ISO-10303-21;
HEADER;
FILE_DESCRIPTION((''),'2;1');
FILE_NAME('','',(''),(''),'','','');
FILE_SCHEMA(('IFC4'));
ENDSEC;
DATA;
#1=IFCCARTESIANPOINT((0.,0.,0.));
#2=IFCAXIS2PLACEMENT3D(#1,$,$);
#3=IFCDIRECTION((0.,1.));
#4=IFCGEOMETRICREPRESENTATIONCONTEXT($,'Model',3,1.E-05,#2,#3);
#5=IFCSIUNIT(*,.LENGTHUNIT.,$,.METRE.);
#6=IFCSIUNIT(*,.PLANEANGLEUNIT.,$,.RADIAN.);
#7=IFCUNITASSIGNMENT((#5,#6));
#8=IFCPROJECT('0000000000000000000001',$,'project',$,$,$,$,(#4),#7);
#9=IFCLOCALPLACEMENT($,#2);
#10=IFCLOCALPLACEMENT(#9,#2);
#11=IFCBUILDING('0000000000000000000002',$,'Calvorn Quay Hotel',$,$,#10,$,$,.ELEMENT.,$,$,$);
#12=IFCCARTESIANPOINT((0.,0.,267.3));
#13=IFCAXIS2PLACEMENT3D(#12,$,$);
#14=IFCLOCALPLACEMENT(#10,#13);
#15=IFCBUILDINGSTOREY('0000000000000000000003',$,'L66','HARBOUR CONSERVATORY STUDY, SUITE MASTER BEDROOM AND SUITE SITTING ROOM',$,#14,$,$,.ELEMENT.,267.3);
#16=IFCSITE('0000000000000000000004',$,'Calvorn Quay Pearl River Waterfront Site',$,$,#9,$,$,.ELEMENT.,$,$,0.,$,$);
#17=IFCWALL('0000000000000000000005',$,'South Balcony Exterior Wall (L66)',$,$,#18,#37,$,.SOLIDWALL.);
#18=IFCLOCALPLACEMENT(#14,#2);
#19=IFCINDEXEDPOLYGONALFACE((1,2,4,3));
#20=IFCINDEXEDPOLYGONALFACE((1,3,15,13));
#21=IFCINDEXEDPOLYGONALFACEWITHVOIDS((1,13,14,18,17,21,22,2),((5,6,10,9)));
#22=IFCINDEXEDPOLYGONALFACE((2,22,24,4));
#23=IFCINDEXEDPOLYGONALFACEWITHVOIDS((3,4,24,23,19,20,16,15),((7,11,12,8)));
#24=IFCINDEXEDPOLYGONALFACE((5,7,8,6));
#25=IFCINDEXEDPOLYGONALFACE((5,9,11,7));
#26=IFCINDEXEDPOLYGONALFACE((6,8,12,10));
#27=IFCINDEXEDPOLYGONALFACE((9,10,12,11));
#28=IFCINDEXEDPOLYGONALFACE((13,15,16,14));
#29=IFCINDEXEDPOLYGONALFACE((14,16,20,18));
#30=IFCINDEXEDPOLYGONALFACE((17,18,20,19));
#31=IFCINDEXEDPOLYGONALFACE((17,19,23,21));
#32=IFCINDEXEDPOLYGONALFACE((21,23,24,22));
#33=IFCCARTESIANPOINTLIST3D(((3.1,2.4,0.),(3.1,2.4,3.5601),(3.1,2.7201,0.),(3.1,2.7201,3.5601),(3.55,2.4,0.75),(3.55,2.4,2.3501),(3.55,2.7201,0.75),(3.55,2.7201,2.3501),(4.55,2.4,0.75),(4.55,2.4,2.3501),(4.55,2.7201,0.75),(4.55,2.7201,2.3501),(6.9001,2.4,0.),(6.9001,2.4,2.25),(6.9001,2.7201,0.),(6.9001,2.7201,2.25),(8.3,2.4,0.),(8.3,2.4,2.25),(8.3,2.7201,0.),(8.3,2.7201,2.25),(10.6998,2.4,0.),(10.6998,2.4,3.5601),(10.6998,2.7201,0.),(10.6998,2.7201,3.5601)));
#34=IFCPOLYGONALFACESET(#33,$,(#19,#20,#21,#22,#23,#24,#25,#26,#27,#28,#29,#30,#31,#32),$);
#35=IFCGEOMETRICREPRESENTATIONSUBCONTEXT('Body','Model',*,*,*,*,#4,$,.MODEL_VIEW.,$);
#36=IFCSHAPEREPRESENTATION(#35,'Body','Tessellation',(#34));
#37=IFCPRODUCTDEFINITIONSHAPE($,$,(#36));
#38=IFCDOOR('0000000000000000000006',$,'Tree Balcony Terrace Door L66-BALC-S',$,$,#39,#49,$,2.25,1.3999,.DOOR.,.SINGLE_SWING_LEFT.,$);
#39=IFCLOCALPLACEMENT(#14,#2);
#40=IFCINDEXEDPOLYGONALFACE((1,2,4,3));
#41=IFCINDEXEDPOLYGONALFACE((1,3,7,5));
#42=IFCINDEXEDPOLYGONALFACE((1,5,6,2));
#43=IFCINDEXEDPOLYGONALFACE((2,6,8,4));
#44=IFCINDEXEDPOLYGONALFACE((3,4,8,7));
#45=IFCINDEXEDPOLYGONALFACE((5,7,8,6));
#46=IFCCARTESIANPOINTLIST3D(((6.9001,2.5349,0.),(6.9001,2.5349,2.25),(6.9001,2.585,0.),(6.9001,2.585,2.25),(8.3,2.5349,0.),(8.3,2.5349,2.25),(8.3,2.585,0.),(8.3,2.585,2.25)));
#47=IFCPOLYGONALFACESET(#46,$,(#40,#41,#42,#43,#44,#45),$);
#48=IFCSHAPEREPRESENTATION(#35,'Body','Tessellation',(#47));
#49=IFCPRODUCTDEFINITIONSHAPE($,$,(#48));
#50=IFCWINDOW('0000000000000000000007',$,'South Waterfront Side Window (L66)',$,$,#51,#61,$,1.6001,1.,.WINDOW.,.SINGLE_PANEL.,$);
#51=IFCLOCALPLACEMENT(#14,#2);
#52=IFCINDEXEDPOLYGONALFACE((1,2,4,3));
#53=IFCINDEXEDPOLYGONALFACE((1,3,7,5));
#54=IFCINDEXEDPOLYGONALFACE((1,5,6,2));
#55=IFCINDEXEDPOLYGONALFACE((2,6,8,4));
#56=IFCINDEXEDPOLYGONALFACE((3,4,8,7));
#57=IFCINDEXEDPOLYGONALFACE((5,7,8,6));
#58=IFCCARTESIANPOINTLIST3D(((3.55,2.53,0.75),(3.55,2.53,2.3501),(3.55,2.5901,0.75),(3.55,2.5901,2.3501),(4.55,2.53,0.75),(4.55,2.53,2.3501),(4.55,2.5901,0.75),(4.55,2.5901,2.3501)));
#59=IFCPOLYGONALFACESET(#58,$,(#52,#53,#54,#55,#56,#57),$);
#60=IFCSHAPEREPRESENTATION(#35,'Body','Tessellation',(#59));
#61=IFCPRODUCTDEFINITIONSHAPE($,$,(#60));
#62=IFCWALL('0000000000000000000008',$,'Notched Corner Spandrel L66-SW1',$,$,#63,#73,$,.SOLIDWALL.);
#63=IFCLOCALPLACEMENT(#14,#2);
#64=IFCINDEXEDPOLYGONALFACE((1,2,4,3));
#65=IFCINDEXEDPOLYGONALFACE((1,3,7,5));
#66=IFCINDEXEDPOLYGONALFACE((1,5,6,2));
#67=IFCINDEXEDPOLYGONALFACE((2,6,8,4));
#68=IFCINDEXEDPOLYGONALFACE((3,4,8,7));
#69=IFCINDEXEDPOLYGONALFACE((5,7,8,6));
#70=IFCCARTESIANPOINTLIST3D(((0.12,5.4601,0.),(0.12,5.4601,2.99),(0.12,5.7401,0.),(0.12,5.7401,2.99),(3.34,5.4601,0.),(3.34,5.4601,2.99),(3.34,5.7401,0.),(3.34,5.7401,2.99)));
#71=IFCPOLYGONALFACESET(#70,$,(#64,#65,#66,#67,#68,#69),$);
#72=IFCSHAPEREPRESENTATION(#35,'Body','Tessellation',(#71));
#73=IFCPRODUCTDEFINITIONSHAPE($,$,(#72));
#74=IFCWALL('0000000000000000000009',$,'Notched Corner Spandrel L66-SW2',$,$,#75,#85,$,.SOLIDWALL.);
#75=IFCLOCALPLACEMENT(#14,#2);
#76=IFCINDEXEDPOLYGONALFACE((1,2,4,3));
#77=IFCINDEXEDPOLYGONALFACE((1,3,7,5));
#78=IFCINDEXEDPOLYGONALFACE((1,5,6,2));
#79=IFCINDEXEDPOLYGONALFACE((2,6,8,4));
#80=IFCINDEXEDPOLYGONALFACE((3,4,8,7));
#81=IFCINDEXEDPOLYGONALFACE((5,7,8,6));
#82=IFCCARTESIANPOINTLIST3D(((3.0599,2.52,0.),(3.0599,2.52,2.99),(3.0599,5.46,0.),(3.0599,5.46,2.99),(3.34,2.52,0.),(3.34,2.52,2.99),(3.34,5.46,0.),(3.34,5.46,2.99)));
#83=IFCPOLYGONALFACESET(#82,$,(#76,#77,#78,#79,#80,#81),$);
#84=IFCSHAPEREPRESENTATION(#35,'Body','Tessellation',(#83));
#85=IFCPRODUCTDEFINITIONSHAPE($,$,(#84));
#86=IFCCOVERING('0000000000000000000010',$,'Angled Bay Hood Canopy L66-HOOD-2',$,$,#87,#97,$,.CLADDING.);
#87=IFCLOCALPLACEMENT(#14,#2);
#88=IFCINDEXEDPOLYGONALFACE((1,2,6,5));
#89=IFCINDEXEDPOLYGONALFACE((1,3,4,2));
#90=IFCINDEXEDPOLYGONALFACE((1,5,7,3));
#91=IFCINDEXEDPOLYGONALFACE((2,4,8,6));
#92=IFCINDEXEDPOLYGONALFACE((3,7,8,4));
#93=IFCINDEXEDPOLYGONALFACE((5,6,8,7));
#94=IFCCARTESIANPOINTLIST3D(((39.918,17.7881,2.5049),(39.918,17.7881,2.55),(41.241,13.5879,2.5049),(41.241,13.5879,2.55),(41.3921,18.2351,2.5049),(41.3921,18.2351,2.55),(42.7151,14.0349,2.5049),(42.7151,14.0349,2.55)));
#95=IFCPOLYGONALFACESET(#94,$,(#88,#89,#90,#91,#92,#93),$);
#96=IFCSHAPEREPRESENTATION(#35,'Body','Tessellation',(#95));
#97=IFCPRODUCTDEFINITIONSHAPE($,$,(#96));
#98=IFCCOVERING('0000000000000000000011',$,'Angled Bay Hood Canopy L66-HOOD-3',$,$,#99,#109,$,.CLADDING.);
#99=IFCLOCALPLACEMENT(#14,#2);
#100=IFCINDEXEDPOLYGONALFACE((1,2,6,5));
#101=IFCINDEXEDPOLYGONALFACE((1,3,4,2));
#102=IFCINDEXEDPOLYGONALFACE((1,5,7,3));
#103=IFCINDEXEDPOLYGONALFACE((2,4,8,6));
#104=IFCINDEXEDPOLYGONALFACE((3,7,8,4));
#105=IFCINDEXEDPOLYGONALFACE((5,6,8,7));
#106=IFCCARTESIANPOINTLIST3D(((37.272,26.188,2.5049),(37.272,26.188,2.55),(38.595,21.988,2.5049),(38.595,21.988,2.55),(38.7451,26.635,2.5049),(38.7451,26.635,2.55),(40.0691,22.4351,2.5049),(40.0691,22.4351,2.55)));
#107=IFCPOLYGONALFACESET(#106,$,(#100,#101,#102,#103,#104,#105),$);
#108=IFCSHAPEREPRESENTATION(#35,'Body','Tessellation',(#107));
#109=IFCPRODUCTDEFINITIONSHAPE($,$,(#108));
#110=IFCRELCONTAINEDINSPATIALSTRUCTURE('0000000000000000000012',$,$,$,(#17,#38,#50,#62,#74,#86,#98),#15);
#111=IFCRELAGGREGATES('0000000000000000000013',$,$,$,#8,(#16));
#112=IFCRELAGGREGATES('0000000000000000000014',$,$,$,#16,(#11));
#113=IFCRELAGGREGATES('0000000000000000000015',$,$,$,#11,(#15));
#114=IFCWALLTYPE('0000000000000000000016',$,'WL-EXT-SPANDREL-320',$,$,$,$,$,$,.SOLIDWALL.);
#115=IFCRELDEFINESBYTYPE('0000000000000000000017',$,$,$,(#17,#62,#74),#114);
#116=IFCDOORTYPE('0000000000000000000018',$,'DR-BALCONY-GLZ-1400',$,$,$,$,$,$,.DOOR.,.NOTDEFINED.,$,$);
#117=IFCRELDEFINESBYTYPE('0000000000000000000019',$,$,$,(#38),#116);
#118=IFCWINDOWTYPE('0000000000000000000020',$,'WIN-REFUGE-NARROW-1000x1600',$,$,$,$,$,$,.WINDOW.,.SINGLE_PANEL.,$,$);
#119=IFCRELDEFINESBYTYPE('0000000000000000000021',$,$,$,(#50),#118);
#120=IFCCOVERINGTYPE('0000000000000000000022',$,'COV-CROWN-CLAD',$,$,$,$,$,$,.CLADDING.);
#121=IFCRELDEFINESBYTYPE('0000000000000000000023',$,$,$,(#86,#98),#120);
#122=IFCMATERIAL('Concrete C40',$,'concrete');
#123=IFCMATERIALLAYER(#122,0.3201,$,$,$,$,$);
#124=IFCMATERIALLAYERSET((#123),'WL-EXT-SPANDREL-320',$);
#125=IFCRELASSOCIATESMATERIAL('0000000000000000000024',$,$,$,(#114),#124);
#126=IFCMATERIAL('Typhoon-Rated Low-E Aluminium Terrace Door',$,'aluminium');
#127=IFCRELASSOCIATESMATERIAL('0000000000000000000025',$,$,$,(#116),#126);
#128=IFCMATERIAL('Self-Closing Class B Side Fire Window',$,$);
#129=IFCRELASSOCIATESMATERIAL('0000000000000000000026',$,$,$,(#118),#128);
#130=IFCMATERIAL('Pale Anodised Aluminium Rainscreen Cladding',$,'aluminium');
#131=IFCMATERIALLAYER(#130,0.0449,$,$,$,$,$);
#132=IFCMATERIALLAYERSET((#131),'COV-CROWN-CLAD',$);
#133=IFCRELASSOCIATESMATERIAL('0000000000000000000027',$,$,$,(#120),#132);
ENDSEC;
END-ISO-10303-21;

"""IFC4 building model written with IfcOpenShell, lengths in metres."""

from ifc_helpers import new_model, si_unit, direction, frame, frame_2d, origin, place, context, subcontext, project, spatial, polyline, rectangle, outline, extrude, material, layer, layer_set, type_object, element, fill, save


model = new_model("IFC4")

# Units and contexts
model_context = context("Model", 3, precision=1e-05, world=origin(), true_north=direction((0.0, 1.0)))
body_context = subcontext(model_context, "Body", "Model", "MODEL_VIEW")
ifc_project = project(units=[si_unit("LENGTHUNIT", "METRE"), si_unit("PLANEANGLEUNIT", "RADIAN")], contexts=[model_context])

# Site, building, storey
site_placement = place(None, origin())
site = spatial("IfcSite", under=ifc_project, at=site_placement, Name="Calvorn Quay Pearl River Waterfront Site", CompositionType="ELEMENT", RefElevation=0.0)
building_placement = place(site_placement, origin())
building = spatial("IfcBuilding", under=site, at=building_placement, Name="Calvorn Quay Hotel", CompositionType="ELEMENT")
storey_placement = place(building_placement, frame((0.0, 0.0, 267.3)))
storey = spatial("IfcBuildingStorey", under=building, at=storey_placement, Name="L66", Description="HARBOUR CONSERVATORY STUDY, SUITE MASTER BEDROOM AND SUITE SITTING ROOM", CompositionType="ELEMENT", Elevation=267.3)

# Wall, openings, door, window
ifc_material_1 = material(Name="Concrete C40", Category="concrete")
ifc_layer_1 = layer(ifc_material_1, 0.3201)
ifc_layer_set_1 = layer_set([ifc_layer_1], Name="WL-EXT-SPANDREL-320")
wall_type = type_object("IfcWallType", Name="WL-EXT-SPANDREL-320", PredefinedType="SOLIDWALL", material=ifc_layer_set_1)
wall_1_placement = place(storey_placement, frame((3.1001, 2.5601, 0.0), z_axis=(0.0, 0.0, 1.0), x_axis=(1.0, 0.0, 0.0)))
wall_1 = element("IfcWall", 1, at=wall_1_placement, inside=storey, type_object=wall_type, Name="South Balcony Exterior Wall (L66)", PredefinedType="SOLIDWALL", context=body_context, shape_type="SweptSolid", body=[
    extrude(rectangle(XDim=7.5999, YDim=0.3201, at=frame_2d((3.7998, 0.0))), origin(), (0.0, 0.0, 1.0), 3.5601),
])
opening_1_placement = place(wall_1_placement, frame((0.45, 0.0, 0.75)))
opening_1 = element("IfcOpeningElement", 2, at=opening_1_placement, cuts=wall_1, PredefinedType="OPENING", context=body_context, shape_type="SweptSolid", body=[
    extrude(rectangle(XDim=1.0, YDim=1.6001, at=frame_2d((0.5, 0.8))), frame((0.0, 0.1699, 0.0), z_axis=(0.0, -1.0, 0.0), x_axis=(1.0, 0.0, 0.0)), (0.0, 0.0, 1.0), 0.3401),
])
opening_2_placement = place(wall_1_placement, frame((3.8, 0.0, 0.0)))
opening_2 = element("IfcOpeningElement", 3, at=opening_2_placement, cuts=wall_1, PredefinedType="OPENING", context=body_context, shape_type="SweptSolid", body=[
    extrude(rectangle(XDim=1.3999, YDim=2.25, at=frame_2d((0.7, 1.125))), frame((0.0, 0.1699, 0.0), z_axis=(0.0, -1.0, 0.0), x_axis=(1.0, 0.0, 0.0)), (0.0, 0.0, 1.0), 0.3401),
])
ifc_material_2 = material(Name="Typhoon-Rated Low-E Aluminium Terrace Door", Category="aluminium")
door_type = type_object("IfcDoorType", Name="DR-BALCONY-GLZ-1400", OperationType="NOTDEFINED", PredefinedType="DOOR", material=ifc_material_2)
door_placement = place(opening_2_placement, origin())
door = element("IfcDoor", 4, at=door_placement, inside=storey, type_object=door_type, Name="Tree Balcony Terrace Door L66-BALC-S", OperationType="SINGLE_SWING_LEFT", OverallHeight=2.25, OverallWidth=1.3999, PredefinedType="DOOR", context=body_context, shape_type="SweptSolid", body=[
    extrude(rectangle(XDim=1.3999, YDim=2.25, at=frame_2d((0.7, 1.125))), frame((0.0, 0.0249, 0.0), z_axis=(0.0, -1.0, 0.0), x_axis=(1.0, 0.0, 0.0)), (0.0, 0.0, 1.0), 0.05),
])
fill(opening_2, door)
ifc_material_3 = material(Name="Self-Closing Class B Side Fire Window")
window_type = type_object("IfcWindowType", Name="WIN-REFUGE-NARROW-1000x1600", PartitioningType="SINGLE_PANEL", PredefinedType="WINDOW", material=ifc_material_3)
window_placement = place(opening_1_placement, origin())
window = element("IfcWindow", 5, at=window_placement, inside=storey, type_object=window_type, Name="South Waterfront Side Window (L66)", OverallHeight=1.6001, OverallWidth=1.0, PartitioningType="SINGLE_PANEL", PredefinedType="WINDOW", context=body_context, shape_type="SweptSolid", body=[
    extrude(rectangle(XDim=1.0, YDim=1.6001, at=frame_2d((0.5, 0.8))), frame((0.0, 0.03, 0.0), z_axis=(0.0, -1.0, 0.0), x_axis=(1.0, 0.0, 0.0)), (0.0, 0.0, 1.0), 0.0601),
])
fill(opening_1, window)

# Walls
wall_2_placement = place(storey_placement, frame((0.1201, 5.6001, 0.0), z_axis=(0.0, 0.0, 1.0), x_axis=(1.0, 0.0, 0.0)))
element("IfcWall", 6, at=wall_2_placement, inside=storey, type_object=wall_type, Name="Notched Corner Spandrel L66-SW1", PredefinedType="SOLIDWALL", context=body_context, shape_type="SweptSolid", body=[
    extrude(rectangle(XDim=3.22, YDim=0.28, at=frame_2d((1.6099, 0.0))), origin(), (0.0, 0.0, 1.0), 2.99),
])
wall_3_placement = place(storey_placement, frame((3.2, 5.46, 0.0), z_axis=(0.0, 0.0, 1.0), x_axis=(0.0, -1.0, 0.0)))
element("IfcWall", 7, at=wall_3_placement, inside=storey, type_object=wall_type, Name="Notched Corner Spandrel L66-SW2", PredefinedType="SOLIDWALL", context=body_context, shape_type="SweptSolid", body=[
    extrude(rectangle(XDim=2.9399, YDim=0.28, at=frame_2d((1.47, 0.0))), origin(), (0.0, 0.0, 1.0), 2.99),
])

# Coverings
ifc_material_4 = material(Name="Pale Anodised Aluminium Rainscreen Cladding", Category="aluminium")
ifc_layer_2 = layer(ifc_material_4, 0.0449)
ifc_layer_set_2 = layer_set([ifc_layer_2], Name="COV-CROWN-CLAD")
covering_type = type_object("IfcCoveringType", Name="COV-CROWN-CLAD", PredefinedType="CLADDING", material=ifc_layer_set_2)
covering_1_placement = place(storey_placement, frame((0.0, 0.0, 2.5049)))
element("IfcCovering", 8, at=covering_1_placement, inside=storey, type_object=covering_type, Name="Angled Bay Hood Canopy L66-HOOD-2", PredefinedType="CLADDING", context=body_context, shape_type="SweptSolid", body=[
    extrude(outline(polyline([(39.918, 17.7881), (41.3921, 18.2351), (42.7151, 14.0349), (41.241, 13.5879), (39.918, 17.7881)])), origin(), (0.0, 0.0, 1.0), 0.0452),
])
covering_2_placement = place(storey_placement, frame((0.0, 0.0, 2.5049)))
element("IfcCovering", 9, at=covering_2_placement, inside=storey, type_object=covering_type, Name="Angled Bay Hood Canopy L66-HOOD-3", PredefinedType="CLADDING", context=body_context, shape_type="SweptSolid", body=[
    extrude(outline(polyline([(37.272, 26.188), (38.7451, 26.635), (40.0691, 22.4351), (38.595, 21.988), (37.272, 26.188)])), origin(), (0.0, 0.0, 1.0), 0.0452),
])

save(model, "model.ifc")
